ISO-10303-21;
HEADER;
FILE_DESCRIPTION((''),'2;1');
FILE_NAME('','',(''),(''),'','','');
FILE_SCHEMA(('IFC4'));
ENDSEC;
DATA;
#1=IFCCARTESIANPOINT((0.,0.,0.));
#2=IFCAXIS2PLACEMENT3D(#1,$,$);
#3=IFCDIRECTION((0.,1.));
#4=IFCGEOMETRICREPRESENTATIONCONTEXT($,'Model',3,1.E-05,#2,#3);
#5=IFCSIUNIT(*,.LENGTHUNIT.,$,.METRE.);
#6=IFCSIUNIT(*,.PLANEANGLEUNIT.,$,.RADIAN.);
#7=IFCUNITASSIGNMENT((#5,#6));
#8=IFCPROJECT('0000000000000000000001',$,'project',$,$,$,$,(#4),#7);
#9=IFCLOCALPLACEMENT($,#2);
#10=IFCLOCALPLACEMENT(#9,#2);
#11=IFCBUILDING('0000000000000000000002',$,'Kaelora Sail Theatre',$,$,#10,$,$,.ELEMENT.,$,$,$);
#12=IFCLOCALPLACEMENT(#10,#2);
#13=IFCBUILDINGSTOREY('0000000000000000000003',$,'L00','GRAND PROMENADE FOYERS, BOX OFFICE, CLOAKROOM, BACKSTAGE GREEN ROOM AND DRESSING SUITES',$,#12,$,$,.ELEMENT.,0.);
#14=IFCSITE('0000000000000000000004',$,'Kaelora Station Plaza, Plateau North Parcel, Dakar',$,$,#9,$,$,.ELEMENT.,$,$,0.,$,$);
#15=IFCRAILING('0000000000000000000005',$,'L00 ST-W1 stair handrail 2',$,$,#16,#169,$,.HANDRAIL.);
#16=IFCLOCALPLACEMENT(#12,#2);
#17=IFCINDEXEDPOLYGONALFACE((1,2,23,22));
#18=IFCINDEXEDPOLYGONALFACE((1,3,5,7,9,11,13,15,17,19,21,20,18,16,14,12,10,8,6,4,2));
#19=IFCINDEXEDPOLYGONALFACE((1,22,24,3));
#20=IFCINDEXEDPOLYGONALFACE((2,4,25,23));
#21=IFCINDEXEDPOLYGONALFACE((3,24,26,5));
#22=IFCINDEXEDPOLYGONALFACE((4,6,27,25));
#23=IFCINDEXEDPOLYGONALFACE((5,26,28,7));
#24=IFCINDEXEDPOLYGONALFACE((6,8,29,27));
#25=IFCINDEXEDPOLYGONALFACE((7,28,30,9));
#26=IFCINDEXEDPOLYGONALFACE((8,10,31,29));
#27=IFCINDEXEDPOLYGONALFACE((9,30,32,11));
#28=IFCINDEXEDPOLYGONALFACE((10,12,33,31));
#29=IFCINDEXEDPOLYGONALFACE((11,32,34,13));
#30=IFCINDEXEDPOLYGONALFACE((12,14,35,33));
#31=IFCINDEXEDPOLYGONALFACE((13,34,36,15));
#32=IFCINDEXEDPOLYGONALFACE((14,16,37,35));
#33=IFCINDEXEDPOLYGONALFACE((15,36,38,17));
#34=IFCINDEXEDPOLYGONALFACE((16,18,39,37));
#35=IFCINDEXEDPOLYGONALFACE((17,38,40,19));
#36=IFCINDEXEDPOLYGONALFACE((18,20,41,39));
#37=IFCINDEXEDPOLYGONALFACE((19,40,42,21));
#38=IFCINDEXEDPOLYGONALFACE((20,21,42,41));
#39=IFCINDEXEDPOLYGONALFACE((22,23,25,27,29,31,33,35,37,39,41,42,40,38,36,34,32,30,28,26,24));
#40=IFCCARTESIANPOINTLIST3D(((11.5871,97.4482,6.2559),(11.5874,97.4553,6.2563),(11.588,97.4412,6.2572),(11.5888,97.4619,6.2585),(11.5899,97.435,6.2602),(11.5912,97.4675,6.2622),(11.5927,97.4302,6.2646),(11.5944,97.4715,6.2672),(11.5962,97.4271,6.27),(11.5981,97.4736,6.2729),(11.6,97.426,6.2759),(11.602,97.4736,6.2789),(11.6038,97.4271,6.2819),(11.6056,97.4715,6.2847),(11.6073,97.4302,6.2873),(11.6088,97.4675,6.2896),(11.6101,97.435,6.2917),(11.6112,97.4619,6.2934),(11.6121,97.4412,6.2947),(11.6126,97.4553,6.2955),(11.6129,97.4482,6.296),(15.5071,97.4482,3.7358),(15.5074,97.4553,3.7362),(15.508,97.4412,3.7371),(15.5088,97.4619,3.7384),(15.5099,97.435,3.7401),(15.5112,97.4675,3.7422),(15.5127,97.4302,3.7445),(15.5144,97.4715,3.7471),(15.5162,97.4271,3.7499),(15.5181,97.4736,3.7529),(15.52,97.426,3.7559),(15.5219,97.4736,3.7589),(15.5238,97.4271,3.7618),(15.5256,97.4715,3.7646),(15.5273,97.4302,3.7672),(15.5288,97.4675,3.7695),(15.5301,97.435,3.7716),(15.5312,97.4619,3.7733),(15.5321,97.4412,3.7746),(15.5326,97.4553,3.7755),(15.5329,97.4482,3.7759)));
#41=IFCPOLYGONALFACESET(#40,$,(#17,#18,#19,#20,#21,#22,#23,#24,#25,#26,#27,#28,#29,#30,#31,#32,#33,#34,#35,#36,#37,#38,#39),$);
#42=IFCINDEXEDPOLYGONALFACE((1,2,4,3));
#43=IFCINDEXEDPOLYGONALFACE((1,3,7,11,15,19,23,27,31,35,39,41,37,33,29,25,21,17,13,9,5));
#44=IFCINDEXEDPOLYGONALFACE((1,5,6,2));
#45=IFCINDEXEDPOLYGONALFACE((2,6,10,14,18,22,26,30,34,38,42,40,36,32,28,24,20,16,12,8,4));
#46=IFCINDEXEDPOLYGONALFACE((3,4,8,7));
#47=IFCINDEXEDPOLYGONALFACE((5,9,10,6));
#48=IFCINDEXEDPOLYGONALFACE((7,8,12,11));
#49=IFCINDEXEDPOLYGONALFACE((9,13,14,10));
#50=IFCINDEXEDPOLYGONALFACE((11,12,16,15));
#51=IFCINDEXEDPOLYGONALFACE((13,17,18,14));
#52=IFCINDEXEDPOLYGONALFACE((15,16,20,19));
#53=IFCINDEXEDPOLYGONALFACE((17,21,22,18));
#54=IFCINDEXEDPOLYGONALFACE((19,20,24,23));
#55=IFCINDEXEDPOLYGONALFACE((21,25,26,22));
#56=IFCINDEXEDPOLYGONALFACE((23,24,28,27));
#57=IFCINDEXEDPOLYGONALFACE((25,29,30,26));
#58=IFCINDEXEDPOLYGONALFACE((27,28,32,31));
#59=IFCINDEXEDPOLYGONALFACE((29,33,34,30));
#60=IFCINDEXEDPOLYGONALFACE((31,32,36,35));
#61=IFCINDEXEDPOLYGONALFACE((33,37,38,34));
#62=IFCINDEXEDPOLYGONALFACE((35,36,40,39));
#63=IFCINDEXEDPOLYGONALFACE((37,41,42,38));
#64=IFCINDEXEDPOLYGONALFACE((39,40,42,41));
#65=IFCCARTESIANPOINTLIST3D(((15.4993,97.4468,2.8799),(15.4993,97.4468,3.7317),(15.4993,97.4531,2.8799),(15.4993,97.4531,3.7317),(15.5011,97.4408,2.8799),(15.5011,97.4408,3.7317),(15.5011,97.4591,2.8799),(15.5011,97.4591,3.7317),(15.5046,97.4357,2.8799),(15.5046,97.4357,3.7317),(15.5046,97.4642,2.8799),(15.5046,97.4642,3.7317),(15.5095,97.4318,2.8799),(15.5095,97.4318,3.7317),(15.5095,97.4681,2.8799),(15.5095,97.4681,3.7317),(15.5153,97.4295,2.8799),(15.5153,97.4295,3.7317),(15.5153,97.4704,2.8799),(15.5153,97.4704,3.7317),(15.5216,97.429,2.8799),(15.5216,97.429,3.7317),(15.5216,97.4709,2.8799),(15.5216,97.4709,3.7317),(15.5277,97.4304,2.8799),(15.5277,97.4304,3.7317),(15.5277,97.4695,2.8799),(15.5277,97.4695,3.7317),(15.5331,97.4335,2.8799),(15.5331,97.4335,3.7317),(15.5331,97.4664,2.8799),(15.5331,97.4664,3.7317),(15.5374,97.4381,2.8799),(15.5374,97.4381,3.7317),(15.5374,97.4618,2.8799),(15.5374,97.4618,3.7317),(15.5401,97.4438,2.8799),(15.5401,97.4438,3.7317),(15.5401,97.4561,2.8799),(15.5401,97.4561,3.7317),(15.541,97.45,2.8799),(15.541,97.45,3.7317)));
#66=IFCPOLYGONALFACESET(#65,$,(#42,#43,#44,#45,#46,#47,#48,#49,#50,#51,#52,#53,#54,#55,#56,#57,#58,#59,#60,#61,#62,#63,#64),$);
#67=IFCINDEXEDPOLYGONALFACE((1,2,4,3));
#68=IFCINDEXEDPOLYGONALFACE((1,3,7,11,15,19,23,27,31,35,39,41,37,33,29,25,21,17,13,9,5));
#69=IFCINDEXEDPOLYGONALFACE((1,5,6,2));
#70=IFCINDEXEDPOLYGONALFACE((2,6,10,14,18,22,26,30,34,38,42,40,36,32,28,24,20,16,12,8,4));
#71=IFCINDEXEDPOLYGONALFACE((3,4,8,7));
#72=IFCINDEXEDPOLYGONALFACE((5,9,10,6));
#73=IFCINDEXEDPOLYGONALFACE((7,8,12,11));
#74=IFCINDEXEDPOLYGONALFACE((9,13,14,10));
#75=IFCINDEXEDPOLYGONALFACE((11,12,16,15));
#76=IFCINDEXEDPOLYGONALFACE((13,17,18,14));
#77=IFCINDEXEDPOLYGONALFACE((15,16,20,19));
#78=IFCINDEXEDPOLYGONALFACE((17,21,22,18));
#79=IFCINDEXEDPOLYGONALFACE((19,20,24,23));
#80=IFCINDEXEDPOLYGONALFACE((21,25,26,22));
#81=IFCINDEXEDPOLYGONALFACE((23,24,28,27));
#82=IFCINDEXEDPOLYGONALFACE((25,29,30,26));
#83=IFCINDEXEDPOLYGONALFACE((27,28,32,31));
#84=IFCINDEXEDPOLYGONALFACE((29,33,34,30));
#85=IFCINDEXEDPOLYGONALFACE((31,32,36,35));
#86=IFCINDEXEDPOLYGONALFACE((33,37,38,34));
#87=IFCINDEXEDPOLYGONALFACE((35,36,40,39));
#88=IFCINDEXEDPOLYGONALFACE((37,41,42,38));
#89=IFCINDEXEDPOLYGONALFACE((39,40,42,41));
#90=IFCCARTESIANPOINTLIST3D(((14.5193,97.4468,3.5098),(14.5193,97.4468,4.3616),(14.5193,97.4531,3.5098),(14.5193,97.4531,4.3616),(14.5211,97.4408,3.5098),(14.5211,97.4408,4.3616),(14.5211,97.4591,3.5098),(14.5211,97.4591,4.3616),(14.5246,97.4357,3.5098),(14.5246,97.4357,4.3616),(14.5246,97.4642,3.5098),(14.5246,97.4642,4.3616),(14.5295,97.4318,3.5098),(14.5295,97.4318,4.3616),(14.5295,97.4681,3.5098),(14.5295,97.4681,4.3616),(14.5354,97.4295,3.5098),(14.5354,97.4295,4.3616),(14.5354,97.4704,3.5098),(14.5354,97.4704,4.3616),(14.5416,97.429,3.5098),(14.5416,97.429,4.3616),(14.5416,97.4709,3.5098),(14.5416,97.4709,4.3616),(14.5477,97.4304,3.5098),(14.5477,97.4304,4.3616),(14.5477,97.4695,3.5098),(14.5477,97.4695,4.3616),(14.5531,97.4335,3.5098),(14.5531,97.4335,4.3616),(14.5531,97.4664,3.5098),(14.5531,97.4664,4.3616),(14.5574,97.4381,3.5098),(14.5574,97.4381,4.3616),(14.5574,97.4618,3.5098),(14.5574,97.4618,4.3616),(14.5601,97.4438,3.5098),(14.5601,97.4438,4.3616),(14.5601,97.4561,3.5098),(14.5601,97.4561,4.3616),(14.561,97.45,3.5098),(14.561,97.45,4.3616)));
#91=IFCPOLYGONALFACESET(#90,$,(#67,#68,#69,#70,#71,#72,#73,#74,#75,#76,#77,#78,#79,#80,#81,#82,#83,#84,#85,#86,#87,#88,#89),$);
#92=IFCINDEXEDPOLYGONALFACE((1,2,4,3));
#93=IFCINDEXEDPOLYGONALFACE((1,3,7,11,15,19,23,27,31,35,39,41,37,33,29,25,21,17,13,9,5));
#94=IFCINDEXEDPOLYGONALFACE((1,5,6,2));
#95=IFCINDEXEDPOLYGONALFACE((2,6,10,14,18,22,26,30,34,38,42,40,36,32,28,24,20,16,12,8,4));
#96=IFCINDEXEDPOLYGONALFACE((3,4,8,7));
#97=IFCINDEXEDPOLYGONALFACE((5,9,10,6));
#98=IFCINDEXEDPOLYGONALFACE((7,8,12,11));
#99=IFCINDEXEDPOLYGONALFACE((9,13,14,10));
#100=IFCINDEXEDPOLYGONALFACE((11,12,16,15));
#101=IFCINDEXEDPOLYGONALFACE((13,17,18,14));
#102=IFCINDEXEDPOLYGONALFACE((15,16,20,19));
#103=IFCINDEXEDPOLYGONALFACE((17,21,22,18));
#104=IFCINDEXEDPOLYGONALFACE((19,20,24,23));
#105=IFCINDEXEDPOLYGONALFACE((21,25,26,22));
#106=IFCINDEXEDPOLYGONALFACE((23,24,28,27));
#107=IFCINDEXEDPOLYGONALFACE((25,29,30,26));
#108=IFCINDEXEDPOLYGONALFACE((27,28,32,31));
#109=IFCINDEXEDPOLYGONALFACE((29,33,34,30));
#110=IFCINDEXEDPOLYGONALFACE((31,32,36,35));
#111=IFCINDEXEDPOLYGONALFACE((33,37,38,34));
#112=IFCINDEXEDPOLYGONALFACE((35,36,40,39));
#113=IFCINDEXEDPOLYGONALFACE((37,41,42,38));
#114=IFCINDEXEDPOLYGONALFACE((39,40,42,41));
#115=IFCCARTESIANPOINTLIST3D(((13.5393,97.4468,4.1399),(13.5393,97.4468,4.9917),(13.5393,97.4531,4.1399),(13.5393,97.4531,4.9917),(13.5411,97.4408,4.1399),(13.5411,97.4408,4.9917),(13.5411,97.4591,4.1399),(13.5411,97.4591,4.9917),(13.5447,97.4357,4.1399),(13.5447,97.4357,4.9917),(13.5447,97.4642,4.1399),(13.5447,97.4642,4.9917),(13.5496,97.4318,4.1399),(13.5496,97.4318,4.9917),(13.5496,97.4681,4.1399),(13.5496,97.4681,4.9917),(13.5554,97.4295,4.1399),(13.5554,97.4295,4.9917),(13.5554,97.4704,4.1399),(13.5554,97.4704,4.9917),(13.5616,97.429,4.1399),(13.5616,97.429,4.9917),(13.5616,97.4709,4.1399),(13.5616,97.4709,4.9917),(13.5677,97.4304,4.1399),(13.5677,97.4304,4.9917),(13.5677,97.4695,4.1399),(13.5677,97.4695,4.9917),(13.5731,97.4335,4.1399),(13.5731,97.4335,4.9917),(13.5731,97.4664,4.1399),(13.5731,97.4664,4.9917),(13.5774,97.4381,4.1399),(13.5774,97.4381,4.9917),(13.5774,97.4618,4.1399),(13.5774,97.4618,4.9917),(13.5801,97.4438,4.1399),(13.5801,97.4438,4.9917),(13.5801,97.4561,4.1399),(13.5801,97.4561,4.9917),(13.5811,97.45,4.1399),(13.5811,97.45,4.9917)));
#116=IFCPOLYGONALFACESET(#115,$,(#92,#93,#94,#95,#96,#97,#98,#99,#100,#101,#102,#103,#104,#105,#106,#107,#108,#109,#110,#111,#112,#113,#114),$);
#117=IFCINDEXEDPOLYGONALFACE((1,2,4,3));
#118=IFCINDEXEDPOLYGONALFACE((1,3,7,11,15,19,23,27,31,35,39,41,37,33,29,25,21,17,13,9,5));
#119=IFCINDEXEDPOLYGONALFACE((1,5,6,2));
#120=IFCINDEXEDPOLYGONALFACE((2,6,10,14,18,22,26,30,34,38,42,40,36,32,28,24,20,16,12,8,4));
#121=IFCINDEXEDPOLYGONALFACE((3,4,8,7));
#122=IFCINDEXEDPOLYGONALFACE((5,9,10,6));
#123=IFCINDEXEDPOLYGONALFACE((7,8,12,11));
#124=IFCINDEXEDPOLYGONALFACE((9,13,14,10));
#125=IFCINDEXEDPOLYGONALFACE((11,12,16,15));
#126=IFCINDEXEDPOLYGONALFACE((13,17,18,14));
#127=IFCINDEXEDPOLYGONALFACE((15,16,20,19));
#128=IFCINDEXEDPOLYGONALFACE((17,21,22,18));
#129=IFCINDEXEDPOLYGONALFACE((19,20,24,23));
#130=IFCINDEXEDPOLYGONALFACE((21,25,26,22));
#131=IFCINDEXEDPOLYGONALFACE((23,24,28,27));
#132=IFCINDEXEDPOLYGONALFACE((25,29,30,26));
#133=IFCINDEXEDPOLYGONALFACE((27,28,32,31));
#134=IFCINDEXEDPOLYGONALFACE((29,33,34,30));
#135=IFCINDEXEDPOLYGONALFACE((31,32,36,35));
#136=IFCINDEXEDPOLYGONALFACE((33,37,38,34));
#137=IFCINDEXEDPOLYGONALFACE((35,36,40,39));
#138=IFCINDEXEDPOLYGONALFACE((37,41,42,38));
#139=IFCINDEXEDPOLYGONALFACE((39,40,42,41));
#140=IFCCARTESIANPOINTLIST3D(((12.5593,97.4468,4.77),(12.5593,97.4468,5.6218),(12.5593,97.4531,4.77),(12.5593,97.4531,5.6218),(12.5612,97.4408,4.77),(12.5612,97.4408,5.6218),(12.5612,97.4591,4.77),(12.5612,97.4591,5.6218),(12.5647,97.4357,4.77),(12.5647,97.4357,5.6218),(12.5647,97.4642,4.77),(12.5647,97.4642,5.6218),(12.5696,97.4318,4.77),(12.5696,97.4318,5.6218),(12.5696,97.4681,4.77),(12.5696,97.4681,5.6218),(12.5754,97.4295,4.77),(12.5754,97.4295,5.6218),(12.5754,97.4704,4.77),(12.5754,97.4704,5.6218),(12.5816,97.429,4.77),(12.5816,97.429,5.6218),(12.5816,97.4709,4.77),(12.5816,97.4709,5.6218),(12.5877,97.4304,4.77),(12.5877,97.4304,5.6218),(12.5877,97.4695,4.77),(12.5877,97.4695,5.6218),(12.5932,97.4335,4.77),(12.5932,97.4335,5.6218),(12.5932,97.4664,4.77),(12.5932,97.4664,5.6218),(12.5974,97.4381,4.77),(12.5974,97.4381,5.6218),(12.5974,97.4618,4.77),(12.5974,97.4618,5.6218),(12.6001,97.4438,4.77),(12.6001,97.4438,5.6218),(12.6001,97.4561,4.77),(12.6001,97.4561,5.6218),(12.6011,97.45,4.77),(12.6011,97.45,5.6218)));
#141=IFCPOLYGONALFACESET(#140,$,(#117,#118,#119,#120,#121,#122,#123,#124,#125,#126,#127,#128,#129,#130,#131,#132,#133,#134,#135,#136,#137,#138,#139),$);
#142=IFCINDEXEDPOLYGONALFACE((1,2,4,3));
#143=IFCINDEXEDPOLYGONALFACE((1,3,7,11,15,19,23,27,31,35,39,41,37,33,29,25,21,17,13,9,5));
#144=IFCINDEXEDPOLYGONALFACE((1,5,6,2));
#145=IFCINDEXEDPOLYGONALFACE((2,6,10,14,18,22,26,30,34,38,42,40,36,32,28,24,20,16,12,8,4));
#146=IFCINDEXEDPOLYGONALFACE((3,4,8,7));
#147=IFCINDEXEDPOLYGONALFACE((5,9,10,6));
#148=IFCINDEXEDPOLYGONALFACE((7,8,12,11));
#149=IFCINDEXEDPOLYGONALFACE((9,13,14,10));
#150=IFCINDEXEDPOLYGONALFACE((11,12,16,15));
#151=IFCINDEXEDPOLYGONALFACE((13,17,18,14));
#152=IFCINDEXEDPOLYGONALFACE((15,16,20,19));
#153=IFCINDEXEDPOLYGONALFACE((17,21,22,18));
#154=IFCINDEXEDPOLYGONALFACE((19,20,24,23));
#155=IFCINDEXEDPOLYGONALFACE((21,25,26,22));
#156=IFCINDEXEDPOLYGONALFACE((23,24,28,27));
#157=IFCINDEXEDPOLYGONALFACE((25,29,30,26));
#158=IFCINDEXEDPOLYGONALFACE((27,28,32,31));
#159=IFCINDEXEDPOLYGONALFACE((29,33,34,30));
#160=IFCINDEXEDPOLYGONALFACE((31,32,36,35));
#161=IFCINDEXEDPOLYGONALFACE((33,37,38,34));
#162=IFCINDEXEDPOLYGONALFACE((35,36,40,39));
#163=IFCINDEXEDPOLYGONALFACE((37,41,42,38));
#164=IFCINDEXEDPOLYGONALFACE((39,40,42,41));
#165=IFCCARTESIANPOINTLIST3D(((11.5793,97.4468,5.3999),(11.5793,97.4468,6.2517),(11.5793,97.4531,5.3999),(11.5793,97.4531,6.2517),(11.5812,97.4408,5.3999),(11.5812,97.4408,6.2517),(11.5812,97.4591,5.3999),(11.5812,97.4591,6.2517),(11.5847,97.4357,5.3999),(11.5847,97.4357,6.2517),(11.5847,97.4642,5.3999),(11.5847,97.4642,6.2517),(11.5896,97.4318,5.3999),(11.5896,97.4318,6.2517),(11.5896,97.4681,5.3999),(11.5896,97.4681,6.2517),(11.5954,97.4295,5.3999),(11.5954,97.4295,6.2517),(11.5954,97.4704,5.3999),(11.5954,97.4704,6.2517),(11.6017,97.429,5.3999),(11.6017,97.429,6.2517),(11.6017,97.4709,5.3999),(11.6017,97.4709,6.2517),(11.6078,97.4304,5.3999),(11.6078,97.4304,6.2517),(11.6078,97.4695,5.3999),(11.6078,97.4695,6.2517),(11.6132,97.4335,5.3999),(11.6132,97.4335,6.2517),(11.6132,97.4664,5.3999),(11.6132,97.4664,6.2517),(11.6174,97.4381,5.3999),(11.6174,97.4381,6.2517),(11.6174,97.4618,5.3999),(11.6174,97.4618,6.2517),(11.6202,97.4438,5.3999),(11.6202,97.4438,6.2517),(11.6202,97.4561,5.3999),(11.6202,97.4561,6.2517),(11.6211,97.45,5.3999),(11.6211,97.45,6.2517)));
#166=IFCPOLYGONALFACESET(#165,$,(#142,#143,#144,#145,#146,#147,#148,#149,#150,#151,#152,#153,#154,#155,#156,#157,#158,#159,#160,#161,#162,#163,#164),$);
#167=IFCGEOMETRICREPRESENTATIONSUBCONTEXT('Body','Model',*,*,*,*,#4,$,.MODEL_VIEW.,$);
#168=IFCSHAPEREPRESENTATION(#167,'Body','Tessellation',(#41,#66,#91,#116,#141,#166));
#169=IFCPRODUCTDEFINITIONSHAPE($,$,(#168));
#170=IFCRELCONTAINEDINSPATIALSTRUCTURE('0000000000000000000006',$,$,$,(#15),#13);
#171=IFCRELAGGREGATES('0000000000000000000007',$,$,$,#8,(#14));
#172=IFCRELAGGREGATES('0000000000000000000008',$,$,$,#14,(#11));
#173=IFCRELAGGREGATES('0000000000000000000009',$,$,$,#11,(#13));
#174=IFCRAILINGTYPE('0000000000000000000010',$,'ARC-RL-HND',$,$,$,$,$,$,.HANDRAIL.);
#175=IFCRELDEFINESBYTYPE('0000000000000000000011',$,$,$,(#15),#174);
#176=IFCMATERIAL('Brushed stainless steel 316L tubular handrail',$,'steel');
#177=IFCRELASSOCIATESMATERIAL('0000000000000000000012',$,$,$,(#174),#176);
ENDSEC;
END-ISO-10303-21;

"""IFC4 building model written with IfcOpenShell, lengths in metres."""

from ifc_helpers import new_model, si_unit, direction, frame, origin, origin_2d, place, context, subcontext, project, spatial, circle, extrude, material, type_object, element, save


model = new_model("IFC4")

# Units and contexts
model_context = context("Model", 3, precision=1e-05, world=origin(), true_north=direction((0.0, 1.0)))
body_context = subcontext(model_context, "Body", "Model", "MODEL_VIEW")
ifc_project = project(units=[si_unit("LENGTHUNIT", "METRE"), si_unit("PLANEANGLEUNIT", "RADIAN")], contexts=[model_context])

# Site, building, storey
site_placement = place(None, origin())
site = spatial("IfcSite", under=ifc_project, at=site_placement, Name="Kaelora Station Plaza, Plateau North Parcel, Dakar", CompositionType="ELEMENT", RefElevation=0.0)
building_placement = place(site_placement, origin())
building = spatial("IfcBuilding", under=site, at=building_placement, Name="Kaelora Sail Theatre", CompositionType="ELEMENT")
storey_placement = place(building_placement, origin())
storey = spatial("IfcBuildingStorey", under=building, at=storey_placement, Name="L00", Description="GRAND PROMENADE FOYERS, BOX OFFICE, CLOAKROOM, BACKSTAGE GREEN ROOM AND DRESSING SUITES", CompositionType="ELEMENT", Elevation=0.0)

# Railing
ifc_material_1 = material(Name="Brushed stainless steel 316L tubular handrail", Category="steel")
railing_type_1 = type_object("IfcRailingType", Name="ARC-RL-HND", PredefinedType="HANDRAIL", material=ifc_material_1)
railing_1_placement = place(storey_placement, frame((15.52, 97.45, 2.8799)))
element("IfcRailing", 1, at=railing_1_placement, inside=storey, type_object=railing_type_1, Name="L00 ST-W1 stair handrail 2", PredefinedType="HANDRAIL", context=body_context, shape_type="SweptSolid", body=[
    extrude(circle(Radius=0.0239, at=origin_2d()), frame((0.0, 0.0, 0.876), z_axis=(-0.841172, 0.0, 0.540768), x_axis=(0.0, -1.0, 0.0)), (0.0, 0.0, 1.0), 4.6602),
    extrude(circle(Radius=0.021, at=origin_2d()), origin(), (0.0, 0.0, 1.0), 0.8518),
    extrude(circle(Radius=0.021, at=origin_2d()), frame((-0.98, 0.0, 0.6299)), (0.0, 0.0, 1.0), 0.8518),
    extrude(circle(Radius=0.021, at=origin_2d()), frame((-1.96, 0.0, 1.26)), (0.0, 0.0, 1.0), 0.8518),
    extrude(circle(Radius=0.021, at=origin_2d()), frame((-2.9399, 0.0, 1.8901)), (0.0, 0.0, 1.0), 0.8518),
    extrude(circle(Radius=0.021, at=origin_2d()), frame((-3.9199, 0.0, 2.52)), (0.0, 0.0, 1.0), 0.8518),
])

save(model, "model.ifc")
